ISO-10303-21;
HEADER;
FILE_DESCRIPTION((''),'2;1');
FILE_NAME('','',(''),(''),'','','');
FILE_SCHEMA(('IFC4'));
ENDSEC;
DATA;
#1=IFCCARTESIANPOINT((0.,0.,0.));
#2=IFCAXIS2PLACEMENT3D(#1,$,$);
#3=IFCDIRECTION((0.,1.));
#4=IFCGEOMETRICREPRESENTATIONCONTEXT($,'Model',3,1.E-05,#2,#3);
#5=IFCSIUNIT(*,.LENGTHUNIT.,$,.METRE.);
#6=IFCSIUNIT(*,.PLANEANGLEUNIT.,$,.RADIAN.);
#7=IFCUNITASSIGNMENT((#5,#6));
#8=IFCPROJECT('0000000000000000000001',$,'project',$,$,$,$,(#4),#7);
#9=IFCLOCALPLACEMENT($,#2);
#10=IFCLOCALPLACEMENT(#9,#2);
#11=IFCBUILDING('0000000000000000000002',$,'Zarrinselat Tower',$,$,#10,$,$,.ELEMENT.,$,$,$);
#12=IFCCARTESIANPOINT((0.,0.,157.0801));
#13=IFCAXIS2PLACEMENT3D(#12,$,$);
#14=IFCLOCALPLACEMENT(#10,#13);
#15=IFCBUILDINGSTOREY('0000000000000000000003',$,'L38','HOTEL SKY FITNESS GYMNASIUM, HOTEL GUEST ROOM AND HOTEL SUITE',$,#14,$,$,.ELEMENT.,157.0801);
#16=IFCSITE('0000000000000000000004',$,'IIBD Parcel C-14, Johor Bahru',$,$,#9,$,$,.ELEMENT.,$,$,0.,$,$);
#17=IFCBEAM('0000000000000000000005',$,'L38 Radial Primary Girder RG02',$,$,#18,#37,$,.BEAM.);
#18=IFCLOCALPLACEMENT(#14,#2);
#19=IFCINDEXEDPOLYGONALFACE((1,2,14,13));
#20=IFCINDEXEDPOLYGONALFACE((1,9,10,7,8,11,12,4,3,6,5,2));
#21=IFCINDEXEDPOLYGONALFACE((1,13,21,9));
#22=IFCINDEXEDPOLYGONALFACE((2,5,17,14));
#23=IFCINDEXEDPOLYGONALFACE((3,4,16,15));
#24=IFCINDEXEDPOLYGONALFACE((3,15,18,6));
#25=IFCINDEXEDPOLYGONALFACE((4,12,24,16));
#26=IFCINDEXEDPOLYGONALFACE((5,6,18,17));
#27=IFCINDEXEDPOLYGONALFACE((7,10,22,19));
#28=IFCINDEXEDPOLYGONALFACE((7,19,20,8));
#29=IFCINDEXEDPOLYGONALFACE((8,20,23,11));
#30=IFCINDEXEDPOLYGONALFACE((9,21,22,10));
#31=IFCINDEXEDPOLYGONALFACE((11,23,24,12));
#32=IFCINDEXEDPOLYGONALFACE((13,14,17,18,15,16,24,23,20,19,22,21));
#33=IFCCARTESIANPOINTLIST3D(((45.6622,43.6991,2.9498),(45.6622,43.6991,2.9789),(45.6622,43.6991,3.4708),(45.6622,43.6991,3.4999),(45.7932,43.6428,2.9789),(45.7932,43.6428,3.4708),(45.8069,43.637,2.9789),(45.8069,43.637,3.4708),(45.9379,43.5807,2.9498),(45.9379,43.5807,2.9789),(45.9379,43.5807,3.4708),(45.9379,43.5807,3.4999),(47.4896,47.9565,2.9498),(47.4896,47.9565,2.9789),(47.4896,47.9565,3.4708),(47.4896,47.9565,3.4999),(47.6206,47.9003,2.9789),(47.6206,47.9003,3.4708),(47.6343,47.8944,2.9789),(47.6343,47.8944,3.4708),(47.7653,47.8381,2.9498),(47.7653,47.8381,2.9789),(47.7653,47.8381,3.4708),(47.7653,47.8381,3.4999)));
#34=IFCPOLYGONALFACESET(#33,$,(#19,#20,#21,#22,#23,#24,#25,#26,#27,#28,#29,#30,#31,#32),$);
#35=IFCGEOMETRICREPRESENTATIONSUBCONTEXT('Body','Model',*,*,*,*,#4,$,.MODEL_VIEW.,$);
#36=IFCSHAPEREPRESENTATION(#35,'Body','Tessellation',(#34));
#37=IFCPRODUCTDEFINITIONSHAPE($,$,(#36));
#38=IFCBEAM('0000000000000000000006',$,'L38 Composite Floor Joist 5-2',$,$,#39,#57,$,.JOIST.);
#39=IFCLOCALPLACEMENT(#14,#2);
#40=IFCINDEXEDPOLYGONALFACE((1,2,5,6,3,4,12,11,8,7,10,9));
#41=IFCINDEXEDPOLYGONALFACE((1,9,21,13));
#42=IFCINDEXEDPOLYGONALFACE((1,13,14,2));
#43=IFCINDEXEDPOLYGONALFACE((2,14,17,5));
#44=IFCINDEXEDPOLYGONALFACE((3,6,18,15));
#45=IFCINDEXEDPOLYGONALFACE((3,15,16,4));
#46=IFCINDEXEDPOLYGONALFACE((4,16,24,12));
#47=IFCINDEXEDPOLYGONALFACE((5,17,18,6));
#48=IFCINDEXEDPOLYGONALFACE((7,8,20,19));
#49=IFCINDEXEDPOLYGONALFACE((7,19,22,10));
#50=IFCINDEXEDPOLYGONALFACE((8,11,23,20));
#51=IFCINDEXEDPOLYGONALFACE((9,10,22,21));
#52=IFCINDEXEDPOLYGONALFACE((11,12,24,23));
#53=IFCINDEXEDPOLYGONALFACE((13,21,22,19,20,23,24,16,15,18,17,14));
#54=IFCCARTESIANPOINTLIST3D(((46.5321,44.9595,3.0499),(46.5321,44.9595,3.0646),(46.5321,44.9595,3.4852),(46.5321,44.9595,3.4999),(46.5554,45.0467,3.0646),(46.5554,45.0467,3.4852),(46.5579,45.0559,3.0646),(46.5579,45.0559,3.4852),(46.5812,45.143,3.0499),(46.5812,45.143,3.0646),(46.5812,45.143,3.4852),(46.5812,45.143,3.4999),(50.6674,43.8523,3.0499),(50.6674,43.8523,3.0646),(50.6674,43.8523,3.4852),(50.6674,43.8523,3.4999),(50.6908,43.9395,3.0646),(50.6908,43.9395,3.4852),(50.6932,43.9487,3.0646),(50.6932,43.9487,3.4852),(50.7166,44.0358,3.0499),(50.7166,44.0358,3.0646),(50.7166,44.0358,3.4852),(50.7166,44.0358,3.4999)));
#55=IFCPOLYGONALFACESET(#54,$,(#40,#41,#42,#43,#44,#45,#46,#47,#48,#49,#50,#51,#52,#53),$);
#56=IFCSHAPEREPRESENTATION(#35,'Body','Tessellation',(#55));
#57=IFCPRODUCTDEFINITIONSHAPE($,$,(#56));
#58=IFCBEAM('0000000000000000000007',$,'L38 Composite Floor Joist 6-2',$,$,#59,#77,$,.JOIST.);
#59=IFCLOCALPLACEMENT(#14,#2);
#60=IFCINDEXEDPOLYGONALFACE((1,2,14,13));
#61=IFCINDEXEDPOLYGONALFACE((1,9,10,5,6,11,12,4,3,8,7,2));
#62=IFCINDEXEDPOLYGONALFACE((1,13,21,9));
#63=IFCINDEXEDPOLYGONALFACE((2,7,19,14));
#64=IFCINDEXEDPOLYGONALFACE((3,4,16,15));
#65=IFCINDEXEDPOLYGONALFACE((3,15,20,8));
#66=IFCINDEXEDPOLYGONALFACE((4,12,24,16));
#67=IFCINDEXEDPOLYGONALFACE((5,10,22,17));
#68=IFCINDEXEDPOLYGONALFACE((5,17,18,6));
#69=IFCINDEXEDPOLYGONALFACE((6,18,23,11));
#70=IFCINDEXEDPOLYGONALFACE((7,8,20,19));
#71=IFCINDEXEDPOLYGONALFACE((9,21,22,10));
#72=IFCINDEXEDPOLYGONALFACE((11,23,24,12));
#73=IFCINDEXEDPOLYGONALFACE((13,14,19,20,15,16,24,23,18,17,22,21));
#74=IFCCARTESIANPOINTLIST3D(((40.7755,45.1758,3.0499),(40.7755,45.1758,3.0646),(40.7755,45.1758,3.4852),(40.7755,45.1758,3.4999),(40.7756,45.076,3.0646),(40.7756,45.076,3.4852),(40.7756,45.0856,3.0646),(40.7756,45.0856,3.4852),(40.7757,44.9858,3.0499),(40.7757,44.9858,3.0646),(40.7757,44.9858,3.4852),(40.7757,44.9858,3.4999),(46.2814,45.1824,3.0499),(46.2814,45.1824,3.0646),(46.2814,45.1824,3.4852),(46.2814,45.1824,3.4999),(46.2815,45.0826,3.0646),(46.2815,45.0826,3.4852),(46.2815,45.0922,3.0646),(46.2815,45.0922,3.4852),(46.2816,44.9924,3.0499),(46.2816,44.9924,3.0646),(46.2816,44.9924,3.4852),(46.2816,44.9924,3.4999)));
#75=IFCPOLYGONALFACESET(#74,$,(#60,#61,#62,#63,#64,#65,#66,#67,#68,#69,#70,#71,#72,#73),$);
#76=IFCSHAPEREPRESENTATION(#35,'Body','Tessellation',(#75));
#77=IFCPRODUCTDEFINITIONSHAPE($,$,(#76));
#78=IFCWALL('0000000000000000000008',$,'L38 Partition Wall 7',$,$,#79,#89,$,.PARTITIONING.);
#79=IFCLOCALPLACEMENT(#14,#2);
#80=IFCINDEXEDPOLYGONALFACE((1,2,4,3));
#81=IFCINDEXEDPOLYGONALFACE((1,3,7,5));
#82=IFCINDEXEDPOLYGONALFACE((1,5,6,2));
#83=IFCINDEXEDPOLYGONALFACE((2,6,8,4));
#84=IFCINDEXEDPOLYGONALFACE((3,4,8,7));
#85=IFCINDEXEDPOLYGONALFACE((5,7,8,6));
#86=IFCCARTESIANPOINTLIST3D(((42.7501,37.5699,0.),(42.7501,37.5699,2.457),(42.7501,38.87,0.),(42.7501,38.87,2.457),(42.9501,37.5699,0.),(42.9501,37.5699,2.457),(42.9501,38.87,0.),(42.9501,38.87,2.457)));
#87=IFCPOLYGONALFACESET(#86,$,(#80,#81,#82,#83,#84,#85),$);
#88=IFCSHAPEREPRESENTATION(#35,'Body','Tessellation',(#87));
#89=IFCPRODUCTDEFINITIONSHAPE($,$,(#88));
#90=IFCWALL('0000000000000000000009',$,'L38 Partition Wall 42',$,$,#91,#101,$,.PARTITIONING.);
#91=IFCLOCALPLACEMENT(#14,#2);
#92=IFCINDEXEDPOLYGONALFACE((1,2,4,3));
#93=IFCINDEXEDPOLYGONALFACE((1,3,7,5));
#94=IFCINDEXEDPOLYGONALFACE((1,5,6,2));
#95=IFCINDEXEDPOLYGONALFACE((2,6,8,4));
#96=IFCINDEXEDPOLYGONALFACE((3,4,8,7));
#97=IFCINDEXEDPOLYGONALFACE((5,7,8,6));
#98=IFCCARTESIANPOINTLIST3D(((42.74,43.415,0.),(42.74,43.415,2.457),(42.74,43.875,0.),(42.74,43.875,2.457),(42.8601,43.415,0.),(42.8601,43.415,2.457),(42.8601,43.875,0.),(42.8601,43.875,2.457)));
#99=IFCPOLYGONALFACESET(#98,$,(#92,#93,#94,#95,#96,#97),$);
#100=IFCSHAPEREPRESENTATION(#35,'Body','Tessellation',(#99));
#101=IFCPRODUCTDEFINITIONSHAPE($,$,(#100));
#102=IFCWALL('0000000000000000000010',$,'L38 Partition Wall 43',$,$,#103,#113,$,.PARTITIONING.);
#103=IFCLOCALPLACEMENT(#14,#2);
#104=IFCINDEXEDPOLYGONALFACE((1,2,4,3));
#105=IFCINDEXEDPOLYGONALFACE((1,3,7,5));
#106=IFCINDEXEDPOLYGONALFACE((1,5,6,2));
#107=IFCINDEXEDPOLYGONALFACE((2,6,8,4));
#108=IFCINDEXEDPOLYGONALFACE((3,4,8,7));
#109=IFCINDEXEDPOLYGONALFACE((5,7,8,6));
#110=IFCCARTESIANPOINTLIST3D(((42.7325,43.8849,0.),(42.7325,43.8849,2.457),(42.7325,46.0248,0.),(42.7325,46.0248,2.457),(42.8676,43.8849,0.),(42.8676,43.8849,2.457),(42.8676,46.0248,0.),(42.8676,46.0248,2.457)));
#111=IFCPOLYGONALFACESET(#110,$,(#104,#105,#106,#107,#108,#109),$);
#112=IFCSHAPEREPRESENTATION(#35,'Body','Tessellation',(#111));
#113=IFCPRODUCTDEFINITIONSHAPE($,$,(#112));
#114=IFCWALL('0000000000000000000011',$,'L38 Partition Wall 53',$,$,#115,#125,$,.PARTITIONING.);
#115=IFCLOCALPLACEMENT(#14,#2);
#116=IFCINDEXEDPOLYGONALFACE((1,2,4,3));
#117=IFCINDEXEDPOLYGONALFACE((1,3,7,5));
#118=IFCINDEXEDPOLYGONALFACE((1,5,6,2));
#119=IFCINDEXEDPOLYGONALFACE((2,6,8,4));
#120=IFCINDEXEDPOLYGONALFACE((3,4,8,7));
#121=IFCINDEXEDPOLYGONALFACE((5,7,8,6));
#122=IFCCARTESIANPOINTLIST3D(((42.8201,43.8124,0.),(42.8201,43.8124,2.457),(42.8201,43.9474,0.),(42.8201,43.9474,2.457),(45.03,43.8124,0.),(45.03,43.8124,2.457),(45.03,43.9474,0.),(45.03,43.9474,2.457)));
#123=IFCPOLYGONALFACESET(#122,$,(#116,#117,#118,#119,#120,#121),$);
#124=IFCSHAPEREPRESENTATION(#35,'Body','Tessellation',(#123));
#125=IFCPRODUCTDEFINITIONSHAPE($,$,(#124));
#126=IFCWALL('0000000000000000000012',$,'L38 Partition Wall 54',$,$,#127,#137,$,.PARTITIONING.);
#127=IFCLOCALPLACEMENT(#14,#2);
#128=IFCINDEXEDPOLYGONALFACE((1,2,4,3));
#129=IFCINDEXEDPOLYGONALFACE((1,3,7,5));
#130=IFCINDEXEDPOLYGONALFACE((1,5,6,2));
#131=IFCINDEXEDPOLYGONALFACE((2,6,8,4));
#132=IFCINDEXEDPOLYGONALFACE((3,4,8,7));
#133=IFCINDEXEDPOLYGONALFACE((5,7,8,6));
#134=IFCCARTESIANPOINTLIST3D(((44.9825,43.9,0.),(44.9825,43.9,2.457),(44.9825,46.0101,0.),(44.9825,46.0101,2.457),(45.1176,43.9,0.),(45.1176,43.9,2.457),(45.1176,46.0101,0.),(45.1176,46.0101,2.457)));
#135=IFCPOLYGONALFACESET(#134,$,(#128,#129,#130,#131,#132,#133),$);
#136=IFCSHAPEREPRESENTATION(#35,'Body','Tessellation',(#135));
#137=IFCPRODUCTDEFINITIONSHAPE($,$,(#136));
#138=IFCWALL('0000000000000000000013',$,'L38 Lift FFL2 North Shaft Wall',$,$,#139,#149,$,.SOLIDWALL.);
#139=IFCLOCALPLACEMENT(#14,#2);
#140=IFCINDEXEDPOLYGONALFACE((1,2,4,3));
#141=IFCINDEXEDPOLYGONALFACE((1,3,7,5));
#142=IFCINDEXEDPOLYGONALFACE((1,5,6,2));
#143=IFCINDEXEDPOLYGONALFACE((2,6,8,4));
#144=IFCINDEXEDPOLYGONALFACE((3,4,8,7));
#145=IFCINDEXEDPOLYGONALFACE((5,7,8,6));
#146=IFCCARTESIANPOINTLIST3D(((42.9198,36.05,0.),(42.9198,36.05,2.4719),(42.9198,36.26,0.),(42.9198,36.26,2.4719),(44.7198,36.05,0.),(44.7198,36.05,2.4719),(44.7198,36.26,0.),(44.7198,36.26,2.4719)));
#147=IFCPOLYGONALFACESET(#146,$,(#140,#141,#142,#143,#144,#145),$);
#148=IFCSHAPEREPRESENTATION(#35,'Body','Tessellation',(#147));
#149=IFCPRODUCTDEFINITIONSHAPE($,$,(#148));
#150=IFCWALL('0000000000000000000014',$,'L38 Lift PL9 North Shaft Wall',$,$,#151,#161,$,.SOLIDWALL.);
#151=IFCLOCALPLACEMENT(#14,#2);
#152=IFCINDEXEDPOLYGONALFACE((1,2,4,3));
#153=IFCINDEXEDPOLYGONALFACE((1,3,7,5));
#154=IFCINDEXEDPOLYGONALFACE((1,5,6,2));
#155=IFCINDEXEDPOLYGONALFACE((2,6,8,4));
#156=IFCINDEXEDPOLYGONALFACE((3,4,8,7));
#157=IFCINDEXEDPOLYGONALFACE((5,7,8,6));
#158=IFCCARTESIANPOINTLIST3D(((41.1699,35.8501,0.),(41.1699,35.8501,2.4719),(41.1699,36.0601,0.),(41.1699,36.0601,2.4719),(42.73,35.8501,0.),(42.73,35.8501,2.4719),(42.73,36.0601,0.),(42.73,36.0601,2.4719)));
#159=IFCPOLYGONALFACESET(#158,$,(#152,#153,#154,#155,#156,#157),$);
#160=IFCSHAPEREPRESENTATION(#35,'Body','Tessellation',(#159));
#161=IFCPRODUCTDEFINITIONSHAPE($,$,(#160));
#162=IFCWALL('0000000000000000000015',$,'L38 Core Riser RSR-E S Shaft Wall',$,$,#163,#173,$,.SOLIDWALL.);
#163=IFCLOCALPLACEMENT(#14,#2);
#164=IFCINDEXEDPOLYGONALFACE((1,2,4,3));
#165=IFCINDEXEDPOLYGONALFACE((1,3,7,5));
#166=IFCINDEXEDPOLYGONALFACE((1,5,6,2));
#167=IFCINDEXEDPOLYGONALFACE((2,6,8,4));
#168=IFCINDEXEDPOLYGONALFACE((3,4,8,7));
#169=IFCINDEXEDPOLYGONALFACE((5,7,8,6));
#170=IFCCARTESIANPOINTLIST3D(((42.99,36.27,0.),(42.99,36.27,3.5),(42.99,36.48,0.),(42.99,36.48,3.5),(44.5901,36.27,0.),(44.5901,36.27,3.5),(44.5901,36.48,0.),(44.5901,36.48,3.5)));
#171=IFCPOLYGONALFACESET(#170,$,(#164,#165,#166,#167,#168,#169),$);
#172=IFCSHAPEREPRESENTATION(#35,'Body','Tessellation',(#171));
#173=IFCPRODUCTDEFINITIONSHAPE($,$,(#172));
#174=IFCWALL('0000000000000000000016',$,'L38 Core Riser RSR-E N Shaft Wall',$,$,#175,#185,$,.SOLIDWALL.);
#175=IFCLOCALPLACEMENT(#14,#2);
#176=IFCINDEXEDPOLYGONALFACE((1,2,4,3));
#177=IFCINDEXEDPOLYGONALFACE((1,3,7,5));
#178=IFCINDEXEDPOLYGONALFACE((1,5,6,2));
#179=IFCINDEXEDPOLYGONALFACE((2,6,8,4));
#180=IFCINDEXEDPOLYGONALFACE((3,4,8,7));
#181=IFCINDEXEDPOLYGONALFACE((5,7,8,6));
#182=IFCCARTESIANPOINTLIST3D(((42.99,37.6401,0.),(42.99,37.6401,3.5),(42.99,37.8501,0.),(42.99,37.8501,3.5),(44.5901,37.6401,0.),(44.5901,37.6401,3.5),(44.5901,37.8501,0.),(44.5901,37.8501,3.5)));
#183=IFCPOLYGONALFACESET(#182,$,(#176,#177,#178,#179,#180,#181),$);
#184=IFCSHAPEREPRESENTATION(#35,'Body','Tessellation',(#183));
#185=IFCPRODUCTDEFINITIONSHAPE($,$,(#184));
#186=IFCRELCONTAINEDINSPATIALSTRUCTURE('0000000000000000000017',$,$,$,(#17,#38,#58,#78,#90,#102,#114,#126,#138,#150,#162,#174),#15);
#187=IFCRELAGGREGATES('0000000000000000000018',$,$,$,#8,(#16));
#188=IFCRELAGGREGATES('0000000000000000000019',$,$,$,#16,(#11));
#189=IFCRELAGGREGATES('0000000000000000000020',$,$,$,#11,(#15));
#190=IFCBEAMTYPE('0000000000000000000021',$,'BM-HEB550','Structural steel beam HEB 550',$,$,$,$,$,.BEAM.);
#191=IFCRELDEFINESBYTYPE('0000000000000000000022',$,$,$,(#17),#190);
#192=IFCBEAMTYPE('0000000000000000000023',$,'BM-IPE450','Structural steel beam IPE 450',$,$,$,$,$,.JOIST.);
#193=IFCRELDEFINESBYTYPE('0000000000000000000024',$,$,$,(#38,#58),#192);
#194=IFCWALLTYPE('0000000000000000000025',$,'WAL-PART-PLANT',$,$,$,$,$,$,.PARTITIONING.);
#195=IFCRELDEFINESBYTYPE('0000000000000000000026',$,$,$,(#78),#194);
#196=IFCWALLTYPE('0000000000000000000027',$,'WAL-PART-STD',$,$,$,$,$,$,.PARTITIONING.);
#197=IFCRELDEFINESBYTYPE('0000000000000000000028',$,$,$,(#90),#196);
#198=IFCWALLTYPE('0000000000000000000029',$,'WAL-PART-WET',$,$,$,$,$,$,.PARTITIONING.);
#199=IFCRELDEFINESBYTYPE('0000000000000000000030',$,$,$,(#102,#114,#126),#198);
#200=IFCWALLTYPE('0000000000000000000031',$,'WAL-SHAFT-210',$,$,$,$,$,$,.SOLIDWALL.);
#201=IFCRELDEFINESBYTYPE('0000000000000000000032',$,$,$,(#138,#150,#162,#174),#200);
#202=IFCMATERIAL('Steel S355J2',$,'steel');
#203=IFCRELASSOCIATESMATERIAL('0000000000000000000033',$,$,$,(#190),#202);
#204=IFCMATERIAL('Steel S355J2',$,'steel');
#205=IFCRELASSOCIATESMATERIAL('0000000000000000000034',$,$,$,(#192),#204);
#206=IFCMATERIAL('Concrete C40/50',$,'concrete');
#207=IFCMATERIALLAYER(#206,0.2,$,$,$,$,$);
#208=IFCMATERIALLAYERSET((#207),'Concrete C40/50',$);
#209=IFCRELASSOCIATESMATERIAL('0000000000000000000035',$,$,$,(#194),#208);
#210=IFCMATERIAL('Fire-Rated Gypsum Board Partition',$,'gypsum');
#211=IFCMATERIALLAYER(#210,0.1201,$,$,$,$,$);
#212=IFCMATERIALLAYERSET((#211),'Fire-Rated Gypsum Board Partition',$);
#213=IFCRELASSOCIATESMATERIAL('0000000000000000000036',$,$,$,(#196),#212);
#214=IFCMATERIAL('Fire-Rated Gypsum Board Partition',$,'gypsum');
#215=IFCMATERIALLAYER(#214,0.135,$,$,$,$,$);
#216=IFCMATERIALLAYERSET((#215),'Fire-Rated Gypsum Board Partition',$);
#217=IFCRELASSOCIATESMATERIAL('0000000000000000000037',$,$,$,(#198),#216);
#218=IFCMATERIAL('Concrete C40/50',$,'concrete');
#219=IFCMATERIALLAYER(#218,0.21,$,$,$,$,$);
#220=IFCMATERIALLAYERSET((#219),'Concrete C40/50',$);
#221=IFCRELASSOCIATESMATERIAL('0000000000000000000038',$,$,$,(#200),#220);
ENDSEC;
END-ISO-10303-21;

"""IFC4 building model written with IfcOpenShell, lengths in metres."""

from ifc_helpers import new_model, si_unit, direction, frame, frame_2d, origin, origin_2d, place, context, subcontext, project, spatial, rectangle, i_section, extrude, material, layer, layer_set, material_profile, profile_set, type_object, element, save


model = new_model("IFC4")

# Units and contexts
model_context = context("Model", 3, precision=1e-05, world=origin(), true_north=direction((0.0, 1.0)))
body_context = subcontext(model_context, "Body", "Model", "MODEL_VIEW")
ifc_project = project(units=[si_unit("LENGTHUNIT", "METRE"), si_unit("PLANEANGLEUNIT", "RADIAN")], contexts=[model_context])

# Site, building, storey
site_placement = place(None, origin())
site = spatial("IfcSite", under=ifc_project, at=site_placement, Name="IIBD Parcel C-14, Johor Bahru", CompositionType="ELEMENT", RefElevation=0.0)
building_placement = place(site_placement, origin())
building = spatial("IfcBuilding", under=site, at=building_placement, Name="Zarrinselat Tower", CompositionType="ELEMENT")
storey_placement = place(building_placement, frame((0.0, 0.0, 157.0801)))
storey = spatial("IfcBuildingStorey", under=building, at=storey_placement, Name="L38", Description="HOTEL SKY FITNESS GYMNASIUM, HOTEL GUEST ROOM AND HOTEL SUITE", CompositionType="ELEMENT", Elevation=157.0801)

# Beams
ifc_material_1 = material(Name="Steel S355J2", Category="steel")
ifc_material_profile_1 = material_profile(ifc_material_1, i_section(OverallWidth=0.3, OverallDepth=0.55, WebThickness=0.0149, FlangeThickness=0.0291, at=origin_2d()), Name="HEB 550")
ifc_profile_set_1 = profile_set([ifc_material_profile_1], Name="Steel S355J2")
beam_type_1 = type_object("IfcBeamType", Name="BM-HEB550", Description="Structural steel beam HEB 550", PredefinedType="BEAM", material=ifc_profile_set_1)
beam_1_placement = place(storey_placement, frame((45.8, 43.6399, 3.2249), z_axis=(0.394434, 0.918924, 0.0), x_axis=(-0.918924, 0.394434, 0.0)))
element("IfcBeam", 1, at=beam_1_placement, inside=storey, type_object=beam_type_1, Name="L38 Radial Primary Girder RG02", PredefinedType="BEAM", context=body_context, shape_type="SweptSolid", body=[
    extrude(i_section(OverallWidth=0.3, OverallDepth=0.55, WebThickness=0.0149, FlangeThickness=0.0291, at=origin_2d()), origin(), (0.0, 0.0, 1.0), 4.6331),
])
ifc_material_2 = material(Name="Steel S355J2", Category="steel")
ifc_material_profile_2 = material_profile(ifc_material_2, i_section(OverallWidth=0.1899, OverallDepth=0.45, WebThickness=0.0095, FlangeThickness=0.0146, at=origin_2d()), Name="IPE 450")
ifc_profile_set_2 = profile_set([ifc_material_profile_2], Name="Steel S355J2")
beam_type_2 = type_object("IfcBeamType", Name="BM-IPE450", Description="Structural steel beam IPE 450", PredefinedType="JOIST", material=ifc_profile_set_2)
beam_2_placement = place(storey_placement, frame((46.5566, 45.0513, 3.2749), z_axis=(0.965976, -0.258632, 0.0), x_axis=(0.258632, 0.965976, 0.0)))
element("IfcBeam", 2, at=beam_2_placement, inside=storey, type_object=beam_type_2, Name="L38 Composite Floor Joist 5-2", PredefinedType="JOIST", context=body_context, shape_type="SweptSolid", body=[
    extrude(i_section(OverallWidth=0.1899, OverallDepth=0.45, WebThickness=0.0095, FlangeThickness=0.0146, at=origin_2d()), origin(), (0.0, 0.0, 1.0), 4.281),
])
beam_3_placement = place(storey_placement, frame((40.7756, 45.0808, 3.2749), z_axis=(0.999999, 0.001197, 0.0), x_axis=(-0.001197, 0.999999, 0.0)))
element("IfcBeam", 3, at=beam_3_placement, inside=storey, type_object=beam_type_2, Name="L38 Composite Floor Joist 6-2", PredefinedType="JOIST", context=body_context, shape_type="SweptSolid", body=[
    extrude(i_section(OverallWidth=0.1899, OverallDepth=0.45, WebThickness=0.0095, FlangeThickness=0.0146, at=origin_2d()), origin(), (0.0, 0.0, 1.0), 5.5059),
])

# Walls
ifc_material_3 = material(Name="Concrete C40/50", Category="concrete")
ifc_layer_1 = layer(ifc_material_3, 0.2)
ifc_layer_set_1 = layer_set([ifc_layer_1], Name="Concrete C40/50")
wall_type_1 = type_object("IfcWallType", Name="WAL-PART-PLANT", PredefinedType="PARTITIONING", material=ifc_layer_set_1)
wall_1_placement = place(storey_placement, frame((42.8501, 37.5701, 0.0), z_axis=(0.0, 0.0, 1.0), x_axis=(0.0, 1.0, 0.0)))
element("IfcWall", 4, at=wall_1_placement, inside=storey, type_object=wall_type_1, Name="L38 Partition Wall 7", PredefinedType="PARTITIONING", context=body_context, shape_type="SweptSolid", body=[
    extrude(rectangle(XDim=1.3, YDim=0.2, at=frame_2d((0.6499, 0.0))), origin(), (0.0, 0.0, 1.0), 2.457),
])
ifc_material_4 = material(Name="Fire-Rated Gypsum Board Partition", Category="gypsum")
ifc_layer_2 = layer(ifc_material_4, 0.1201)
ifc_layer_set_2 = layer_set([ifc_layer_2], Name="Fire-Rated Gypsum Board Partition")
wall_type_2 = type_object("IfcWallType", Name="WAL-PART-STD", PredefinedType="PARTITIONING", material=ifc_layer_set_2)
wall_2_placement = place(storey_placement, frame((42.8, 43.415, 0.0), z_axis=(0.0, 0.0, 1.0), x_axis=(0.0, 1.0, 0.0)))
element("IfcWall", 5, at=wall_2_placement, inside=storey, type_object=wall_type_2, Name="L38 Partition Wall 42", PredefinedType="PARTITIONING", context=body_context, shape_type="SweptSolid", body=[
    extrude(rectangle(XDim=0.46, YDim=0.1201, at=frame_2d((0.23, 0.0))), origin(), (0.0, 0.0, 1.0), 2.457),
])
ifc_material_5 = material(Name="Fire-Rated Gypsum Board Partition", Category="gypsum")
ifc_layer_3 = layer(ifc_material_5, 0.135)
ifc_layer_set_3 = layer_set([ifc_layer_3], Name="Fire-Rated Gypsum Board Partition")
wall_type_3 = type_object("IfcWallType", Name="WAL-PART-WET", PredefinedType="PARTITIONING", material=ifc_layer_set_3)
wall_3_placement = place(storey_placement, frame((42.8, 43.885, 0.0), z_axis=(0.0, 0.0, 1.0), x_axis=(0.0, 1.0, 0.0)))
element("IfcWall", 6, at=wall_3_placement, inside=storey, type_object=wall_type_3, Name="L38 Partition Wall 43", PredefinedType="PARTITIONING", context=body_context, shape_type="SweptSolid", body=[
    extrude(rectangle(XDim=2.1399, YDim=0.135, at=frame_2d((1.0698, 0.0))), origin(), (0.0, 0.0, 1.0), 2.457),
])
wall_4_placement = place(storey_placement, frame((42.8201, 43.8799, 0.0), z_axis=(0.0, 0.0, 1.0), x_axis=(1.0, 0.0, 0.0)))
element("IfcWall", 7, at=wall_4_placement, inside=storey, type_object=wall_type_3, Name="L38 Partition Wall 53", PredefinedType="PARTITIONING", context=body_context, shape_type="SweptSolid", body=[
    extrude(rectangle(XDim=2.21, YDim=0.135, at=frame_2d((1.105, 0.0))), origin(), (0.0, 0.0, 1.0), 2.457),
])
wall_5_placement = place(storey_placement, frame((45.05, 43.8999, 0.0), z_axis=(0.0, 0.0, 1.0), x_axis=(0.0, 1.0, 0.0)))
element("IfcWall", 8, at=wall_5_placement, inside=storey, type_object=wall_type_3, Name="L38 Partition Wall 54", PredefinedType="PARTITIONING", context=body_context, shape_type="SweptSolid", body=[
    extrude(rectangle(XDim=2.1101, YDim=0.135, at=frame_2d((1.0552, 0.0))), origin(), (0.0, 0.0, 1.0), 2.457),
])
ifc_material_6 = material(Name="Concrete C40/50", Category="concrete")
ifc_layer_4 = layer(ifc_material_6, 0.21)
ifc_layer_set_4 = layer_set([ifc_layer_4], Name="Concrete C40/50")
wall_type_4 = type_object("IfcWallType", Name="WAL-SHAFT-210", PredefinedType="SOLIDWALL", material=ifc_layer_set_4)
wall_6_placement = place(storey_placement, frame((42.9199, 36.155, 0.0), z_axis=(0.0, 0.0, 1.0), x_axis=(1.0, 0.0, 0.0)))
element("IfcWall", 9, at=wall_6_placement, inside=storey, type_object=wall_type_4, Name="L38 Lift FFL2 North Shaft Wall", PredefinedType="SOLIDWALL", context=body_context, shape_type="SweptSolid", body=[
    extrude(rectangle(XDim=1.8, YDim=0.21, at=frame_2d((0.8999, 0.0))), origin(), (0.0, 0.0, 1.0), 2.4719),
])
wall_7_placement = place(storey_placement, frame((41.1699, 35.9551, 0.0), z_axis=(0.0, 0.0, 1.0), x_axis=(1.0, 0.0, 0.0)))
element("IfcWall", 10, at=wall_7_placement, inside=storey, type_object=wall_type_4, Name="L38 Lift PL9 North Shaft Wall", PredefinedType="SOLIDWALL", context=body_context, shape_type="SweptSolid", body=[
    extrude(rectangle(XDim=1.5601, YDim=0.21, at=frame_2d((0.78, 0.0))), origin(), (0.0, 0.0, 1.0), 2.4719),
])
for number, where, z_axis, x_axis, name in (
    (11, (42.99, 36.375, 0.0), (0.0, 0.0, 1.0), (1.0, 0.0, 0.0), "L38 Core Riser RSR-E S Shaft Wall"),
    (12, (42.99, 37.7451, 0.0), (0.0, 0.0, 1.0), (1.0, 0.0, 0.0), "L38 Core Riser RSR-E N Shaft Wall"),
):
    element("IfcWall", number, at=place(storey_placement, frame(where, z_axis=z_axis, x_axis=x_axis)), inside=storey, type_object=wall_type_4, Name=name, PredefinedType="SOLIDWALL", context=body_context, shape_type="SweptSolid", body=[
        extrude(rectangle(XDim=1.6001, YDim=0.21, at=frame_2d((0.8, 0.0))), origin(), (0.0, 0.0, 1.0), 3.5),
    ])

save(model, "model.ifc")
